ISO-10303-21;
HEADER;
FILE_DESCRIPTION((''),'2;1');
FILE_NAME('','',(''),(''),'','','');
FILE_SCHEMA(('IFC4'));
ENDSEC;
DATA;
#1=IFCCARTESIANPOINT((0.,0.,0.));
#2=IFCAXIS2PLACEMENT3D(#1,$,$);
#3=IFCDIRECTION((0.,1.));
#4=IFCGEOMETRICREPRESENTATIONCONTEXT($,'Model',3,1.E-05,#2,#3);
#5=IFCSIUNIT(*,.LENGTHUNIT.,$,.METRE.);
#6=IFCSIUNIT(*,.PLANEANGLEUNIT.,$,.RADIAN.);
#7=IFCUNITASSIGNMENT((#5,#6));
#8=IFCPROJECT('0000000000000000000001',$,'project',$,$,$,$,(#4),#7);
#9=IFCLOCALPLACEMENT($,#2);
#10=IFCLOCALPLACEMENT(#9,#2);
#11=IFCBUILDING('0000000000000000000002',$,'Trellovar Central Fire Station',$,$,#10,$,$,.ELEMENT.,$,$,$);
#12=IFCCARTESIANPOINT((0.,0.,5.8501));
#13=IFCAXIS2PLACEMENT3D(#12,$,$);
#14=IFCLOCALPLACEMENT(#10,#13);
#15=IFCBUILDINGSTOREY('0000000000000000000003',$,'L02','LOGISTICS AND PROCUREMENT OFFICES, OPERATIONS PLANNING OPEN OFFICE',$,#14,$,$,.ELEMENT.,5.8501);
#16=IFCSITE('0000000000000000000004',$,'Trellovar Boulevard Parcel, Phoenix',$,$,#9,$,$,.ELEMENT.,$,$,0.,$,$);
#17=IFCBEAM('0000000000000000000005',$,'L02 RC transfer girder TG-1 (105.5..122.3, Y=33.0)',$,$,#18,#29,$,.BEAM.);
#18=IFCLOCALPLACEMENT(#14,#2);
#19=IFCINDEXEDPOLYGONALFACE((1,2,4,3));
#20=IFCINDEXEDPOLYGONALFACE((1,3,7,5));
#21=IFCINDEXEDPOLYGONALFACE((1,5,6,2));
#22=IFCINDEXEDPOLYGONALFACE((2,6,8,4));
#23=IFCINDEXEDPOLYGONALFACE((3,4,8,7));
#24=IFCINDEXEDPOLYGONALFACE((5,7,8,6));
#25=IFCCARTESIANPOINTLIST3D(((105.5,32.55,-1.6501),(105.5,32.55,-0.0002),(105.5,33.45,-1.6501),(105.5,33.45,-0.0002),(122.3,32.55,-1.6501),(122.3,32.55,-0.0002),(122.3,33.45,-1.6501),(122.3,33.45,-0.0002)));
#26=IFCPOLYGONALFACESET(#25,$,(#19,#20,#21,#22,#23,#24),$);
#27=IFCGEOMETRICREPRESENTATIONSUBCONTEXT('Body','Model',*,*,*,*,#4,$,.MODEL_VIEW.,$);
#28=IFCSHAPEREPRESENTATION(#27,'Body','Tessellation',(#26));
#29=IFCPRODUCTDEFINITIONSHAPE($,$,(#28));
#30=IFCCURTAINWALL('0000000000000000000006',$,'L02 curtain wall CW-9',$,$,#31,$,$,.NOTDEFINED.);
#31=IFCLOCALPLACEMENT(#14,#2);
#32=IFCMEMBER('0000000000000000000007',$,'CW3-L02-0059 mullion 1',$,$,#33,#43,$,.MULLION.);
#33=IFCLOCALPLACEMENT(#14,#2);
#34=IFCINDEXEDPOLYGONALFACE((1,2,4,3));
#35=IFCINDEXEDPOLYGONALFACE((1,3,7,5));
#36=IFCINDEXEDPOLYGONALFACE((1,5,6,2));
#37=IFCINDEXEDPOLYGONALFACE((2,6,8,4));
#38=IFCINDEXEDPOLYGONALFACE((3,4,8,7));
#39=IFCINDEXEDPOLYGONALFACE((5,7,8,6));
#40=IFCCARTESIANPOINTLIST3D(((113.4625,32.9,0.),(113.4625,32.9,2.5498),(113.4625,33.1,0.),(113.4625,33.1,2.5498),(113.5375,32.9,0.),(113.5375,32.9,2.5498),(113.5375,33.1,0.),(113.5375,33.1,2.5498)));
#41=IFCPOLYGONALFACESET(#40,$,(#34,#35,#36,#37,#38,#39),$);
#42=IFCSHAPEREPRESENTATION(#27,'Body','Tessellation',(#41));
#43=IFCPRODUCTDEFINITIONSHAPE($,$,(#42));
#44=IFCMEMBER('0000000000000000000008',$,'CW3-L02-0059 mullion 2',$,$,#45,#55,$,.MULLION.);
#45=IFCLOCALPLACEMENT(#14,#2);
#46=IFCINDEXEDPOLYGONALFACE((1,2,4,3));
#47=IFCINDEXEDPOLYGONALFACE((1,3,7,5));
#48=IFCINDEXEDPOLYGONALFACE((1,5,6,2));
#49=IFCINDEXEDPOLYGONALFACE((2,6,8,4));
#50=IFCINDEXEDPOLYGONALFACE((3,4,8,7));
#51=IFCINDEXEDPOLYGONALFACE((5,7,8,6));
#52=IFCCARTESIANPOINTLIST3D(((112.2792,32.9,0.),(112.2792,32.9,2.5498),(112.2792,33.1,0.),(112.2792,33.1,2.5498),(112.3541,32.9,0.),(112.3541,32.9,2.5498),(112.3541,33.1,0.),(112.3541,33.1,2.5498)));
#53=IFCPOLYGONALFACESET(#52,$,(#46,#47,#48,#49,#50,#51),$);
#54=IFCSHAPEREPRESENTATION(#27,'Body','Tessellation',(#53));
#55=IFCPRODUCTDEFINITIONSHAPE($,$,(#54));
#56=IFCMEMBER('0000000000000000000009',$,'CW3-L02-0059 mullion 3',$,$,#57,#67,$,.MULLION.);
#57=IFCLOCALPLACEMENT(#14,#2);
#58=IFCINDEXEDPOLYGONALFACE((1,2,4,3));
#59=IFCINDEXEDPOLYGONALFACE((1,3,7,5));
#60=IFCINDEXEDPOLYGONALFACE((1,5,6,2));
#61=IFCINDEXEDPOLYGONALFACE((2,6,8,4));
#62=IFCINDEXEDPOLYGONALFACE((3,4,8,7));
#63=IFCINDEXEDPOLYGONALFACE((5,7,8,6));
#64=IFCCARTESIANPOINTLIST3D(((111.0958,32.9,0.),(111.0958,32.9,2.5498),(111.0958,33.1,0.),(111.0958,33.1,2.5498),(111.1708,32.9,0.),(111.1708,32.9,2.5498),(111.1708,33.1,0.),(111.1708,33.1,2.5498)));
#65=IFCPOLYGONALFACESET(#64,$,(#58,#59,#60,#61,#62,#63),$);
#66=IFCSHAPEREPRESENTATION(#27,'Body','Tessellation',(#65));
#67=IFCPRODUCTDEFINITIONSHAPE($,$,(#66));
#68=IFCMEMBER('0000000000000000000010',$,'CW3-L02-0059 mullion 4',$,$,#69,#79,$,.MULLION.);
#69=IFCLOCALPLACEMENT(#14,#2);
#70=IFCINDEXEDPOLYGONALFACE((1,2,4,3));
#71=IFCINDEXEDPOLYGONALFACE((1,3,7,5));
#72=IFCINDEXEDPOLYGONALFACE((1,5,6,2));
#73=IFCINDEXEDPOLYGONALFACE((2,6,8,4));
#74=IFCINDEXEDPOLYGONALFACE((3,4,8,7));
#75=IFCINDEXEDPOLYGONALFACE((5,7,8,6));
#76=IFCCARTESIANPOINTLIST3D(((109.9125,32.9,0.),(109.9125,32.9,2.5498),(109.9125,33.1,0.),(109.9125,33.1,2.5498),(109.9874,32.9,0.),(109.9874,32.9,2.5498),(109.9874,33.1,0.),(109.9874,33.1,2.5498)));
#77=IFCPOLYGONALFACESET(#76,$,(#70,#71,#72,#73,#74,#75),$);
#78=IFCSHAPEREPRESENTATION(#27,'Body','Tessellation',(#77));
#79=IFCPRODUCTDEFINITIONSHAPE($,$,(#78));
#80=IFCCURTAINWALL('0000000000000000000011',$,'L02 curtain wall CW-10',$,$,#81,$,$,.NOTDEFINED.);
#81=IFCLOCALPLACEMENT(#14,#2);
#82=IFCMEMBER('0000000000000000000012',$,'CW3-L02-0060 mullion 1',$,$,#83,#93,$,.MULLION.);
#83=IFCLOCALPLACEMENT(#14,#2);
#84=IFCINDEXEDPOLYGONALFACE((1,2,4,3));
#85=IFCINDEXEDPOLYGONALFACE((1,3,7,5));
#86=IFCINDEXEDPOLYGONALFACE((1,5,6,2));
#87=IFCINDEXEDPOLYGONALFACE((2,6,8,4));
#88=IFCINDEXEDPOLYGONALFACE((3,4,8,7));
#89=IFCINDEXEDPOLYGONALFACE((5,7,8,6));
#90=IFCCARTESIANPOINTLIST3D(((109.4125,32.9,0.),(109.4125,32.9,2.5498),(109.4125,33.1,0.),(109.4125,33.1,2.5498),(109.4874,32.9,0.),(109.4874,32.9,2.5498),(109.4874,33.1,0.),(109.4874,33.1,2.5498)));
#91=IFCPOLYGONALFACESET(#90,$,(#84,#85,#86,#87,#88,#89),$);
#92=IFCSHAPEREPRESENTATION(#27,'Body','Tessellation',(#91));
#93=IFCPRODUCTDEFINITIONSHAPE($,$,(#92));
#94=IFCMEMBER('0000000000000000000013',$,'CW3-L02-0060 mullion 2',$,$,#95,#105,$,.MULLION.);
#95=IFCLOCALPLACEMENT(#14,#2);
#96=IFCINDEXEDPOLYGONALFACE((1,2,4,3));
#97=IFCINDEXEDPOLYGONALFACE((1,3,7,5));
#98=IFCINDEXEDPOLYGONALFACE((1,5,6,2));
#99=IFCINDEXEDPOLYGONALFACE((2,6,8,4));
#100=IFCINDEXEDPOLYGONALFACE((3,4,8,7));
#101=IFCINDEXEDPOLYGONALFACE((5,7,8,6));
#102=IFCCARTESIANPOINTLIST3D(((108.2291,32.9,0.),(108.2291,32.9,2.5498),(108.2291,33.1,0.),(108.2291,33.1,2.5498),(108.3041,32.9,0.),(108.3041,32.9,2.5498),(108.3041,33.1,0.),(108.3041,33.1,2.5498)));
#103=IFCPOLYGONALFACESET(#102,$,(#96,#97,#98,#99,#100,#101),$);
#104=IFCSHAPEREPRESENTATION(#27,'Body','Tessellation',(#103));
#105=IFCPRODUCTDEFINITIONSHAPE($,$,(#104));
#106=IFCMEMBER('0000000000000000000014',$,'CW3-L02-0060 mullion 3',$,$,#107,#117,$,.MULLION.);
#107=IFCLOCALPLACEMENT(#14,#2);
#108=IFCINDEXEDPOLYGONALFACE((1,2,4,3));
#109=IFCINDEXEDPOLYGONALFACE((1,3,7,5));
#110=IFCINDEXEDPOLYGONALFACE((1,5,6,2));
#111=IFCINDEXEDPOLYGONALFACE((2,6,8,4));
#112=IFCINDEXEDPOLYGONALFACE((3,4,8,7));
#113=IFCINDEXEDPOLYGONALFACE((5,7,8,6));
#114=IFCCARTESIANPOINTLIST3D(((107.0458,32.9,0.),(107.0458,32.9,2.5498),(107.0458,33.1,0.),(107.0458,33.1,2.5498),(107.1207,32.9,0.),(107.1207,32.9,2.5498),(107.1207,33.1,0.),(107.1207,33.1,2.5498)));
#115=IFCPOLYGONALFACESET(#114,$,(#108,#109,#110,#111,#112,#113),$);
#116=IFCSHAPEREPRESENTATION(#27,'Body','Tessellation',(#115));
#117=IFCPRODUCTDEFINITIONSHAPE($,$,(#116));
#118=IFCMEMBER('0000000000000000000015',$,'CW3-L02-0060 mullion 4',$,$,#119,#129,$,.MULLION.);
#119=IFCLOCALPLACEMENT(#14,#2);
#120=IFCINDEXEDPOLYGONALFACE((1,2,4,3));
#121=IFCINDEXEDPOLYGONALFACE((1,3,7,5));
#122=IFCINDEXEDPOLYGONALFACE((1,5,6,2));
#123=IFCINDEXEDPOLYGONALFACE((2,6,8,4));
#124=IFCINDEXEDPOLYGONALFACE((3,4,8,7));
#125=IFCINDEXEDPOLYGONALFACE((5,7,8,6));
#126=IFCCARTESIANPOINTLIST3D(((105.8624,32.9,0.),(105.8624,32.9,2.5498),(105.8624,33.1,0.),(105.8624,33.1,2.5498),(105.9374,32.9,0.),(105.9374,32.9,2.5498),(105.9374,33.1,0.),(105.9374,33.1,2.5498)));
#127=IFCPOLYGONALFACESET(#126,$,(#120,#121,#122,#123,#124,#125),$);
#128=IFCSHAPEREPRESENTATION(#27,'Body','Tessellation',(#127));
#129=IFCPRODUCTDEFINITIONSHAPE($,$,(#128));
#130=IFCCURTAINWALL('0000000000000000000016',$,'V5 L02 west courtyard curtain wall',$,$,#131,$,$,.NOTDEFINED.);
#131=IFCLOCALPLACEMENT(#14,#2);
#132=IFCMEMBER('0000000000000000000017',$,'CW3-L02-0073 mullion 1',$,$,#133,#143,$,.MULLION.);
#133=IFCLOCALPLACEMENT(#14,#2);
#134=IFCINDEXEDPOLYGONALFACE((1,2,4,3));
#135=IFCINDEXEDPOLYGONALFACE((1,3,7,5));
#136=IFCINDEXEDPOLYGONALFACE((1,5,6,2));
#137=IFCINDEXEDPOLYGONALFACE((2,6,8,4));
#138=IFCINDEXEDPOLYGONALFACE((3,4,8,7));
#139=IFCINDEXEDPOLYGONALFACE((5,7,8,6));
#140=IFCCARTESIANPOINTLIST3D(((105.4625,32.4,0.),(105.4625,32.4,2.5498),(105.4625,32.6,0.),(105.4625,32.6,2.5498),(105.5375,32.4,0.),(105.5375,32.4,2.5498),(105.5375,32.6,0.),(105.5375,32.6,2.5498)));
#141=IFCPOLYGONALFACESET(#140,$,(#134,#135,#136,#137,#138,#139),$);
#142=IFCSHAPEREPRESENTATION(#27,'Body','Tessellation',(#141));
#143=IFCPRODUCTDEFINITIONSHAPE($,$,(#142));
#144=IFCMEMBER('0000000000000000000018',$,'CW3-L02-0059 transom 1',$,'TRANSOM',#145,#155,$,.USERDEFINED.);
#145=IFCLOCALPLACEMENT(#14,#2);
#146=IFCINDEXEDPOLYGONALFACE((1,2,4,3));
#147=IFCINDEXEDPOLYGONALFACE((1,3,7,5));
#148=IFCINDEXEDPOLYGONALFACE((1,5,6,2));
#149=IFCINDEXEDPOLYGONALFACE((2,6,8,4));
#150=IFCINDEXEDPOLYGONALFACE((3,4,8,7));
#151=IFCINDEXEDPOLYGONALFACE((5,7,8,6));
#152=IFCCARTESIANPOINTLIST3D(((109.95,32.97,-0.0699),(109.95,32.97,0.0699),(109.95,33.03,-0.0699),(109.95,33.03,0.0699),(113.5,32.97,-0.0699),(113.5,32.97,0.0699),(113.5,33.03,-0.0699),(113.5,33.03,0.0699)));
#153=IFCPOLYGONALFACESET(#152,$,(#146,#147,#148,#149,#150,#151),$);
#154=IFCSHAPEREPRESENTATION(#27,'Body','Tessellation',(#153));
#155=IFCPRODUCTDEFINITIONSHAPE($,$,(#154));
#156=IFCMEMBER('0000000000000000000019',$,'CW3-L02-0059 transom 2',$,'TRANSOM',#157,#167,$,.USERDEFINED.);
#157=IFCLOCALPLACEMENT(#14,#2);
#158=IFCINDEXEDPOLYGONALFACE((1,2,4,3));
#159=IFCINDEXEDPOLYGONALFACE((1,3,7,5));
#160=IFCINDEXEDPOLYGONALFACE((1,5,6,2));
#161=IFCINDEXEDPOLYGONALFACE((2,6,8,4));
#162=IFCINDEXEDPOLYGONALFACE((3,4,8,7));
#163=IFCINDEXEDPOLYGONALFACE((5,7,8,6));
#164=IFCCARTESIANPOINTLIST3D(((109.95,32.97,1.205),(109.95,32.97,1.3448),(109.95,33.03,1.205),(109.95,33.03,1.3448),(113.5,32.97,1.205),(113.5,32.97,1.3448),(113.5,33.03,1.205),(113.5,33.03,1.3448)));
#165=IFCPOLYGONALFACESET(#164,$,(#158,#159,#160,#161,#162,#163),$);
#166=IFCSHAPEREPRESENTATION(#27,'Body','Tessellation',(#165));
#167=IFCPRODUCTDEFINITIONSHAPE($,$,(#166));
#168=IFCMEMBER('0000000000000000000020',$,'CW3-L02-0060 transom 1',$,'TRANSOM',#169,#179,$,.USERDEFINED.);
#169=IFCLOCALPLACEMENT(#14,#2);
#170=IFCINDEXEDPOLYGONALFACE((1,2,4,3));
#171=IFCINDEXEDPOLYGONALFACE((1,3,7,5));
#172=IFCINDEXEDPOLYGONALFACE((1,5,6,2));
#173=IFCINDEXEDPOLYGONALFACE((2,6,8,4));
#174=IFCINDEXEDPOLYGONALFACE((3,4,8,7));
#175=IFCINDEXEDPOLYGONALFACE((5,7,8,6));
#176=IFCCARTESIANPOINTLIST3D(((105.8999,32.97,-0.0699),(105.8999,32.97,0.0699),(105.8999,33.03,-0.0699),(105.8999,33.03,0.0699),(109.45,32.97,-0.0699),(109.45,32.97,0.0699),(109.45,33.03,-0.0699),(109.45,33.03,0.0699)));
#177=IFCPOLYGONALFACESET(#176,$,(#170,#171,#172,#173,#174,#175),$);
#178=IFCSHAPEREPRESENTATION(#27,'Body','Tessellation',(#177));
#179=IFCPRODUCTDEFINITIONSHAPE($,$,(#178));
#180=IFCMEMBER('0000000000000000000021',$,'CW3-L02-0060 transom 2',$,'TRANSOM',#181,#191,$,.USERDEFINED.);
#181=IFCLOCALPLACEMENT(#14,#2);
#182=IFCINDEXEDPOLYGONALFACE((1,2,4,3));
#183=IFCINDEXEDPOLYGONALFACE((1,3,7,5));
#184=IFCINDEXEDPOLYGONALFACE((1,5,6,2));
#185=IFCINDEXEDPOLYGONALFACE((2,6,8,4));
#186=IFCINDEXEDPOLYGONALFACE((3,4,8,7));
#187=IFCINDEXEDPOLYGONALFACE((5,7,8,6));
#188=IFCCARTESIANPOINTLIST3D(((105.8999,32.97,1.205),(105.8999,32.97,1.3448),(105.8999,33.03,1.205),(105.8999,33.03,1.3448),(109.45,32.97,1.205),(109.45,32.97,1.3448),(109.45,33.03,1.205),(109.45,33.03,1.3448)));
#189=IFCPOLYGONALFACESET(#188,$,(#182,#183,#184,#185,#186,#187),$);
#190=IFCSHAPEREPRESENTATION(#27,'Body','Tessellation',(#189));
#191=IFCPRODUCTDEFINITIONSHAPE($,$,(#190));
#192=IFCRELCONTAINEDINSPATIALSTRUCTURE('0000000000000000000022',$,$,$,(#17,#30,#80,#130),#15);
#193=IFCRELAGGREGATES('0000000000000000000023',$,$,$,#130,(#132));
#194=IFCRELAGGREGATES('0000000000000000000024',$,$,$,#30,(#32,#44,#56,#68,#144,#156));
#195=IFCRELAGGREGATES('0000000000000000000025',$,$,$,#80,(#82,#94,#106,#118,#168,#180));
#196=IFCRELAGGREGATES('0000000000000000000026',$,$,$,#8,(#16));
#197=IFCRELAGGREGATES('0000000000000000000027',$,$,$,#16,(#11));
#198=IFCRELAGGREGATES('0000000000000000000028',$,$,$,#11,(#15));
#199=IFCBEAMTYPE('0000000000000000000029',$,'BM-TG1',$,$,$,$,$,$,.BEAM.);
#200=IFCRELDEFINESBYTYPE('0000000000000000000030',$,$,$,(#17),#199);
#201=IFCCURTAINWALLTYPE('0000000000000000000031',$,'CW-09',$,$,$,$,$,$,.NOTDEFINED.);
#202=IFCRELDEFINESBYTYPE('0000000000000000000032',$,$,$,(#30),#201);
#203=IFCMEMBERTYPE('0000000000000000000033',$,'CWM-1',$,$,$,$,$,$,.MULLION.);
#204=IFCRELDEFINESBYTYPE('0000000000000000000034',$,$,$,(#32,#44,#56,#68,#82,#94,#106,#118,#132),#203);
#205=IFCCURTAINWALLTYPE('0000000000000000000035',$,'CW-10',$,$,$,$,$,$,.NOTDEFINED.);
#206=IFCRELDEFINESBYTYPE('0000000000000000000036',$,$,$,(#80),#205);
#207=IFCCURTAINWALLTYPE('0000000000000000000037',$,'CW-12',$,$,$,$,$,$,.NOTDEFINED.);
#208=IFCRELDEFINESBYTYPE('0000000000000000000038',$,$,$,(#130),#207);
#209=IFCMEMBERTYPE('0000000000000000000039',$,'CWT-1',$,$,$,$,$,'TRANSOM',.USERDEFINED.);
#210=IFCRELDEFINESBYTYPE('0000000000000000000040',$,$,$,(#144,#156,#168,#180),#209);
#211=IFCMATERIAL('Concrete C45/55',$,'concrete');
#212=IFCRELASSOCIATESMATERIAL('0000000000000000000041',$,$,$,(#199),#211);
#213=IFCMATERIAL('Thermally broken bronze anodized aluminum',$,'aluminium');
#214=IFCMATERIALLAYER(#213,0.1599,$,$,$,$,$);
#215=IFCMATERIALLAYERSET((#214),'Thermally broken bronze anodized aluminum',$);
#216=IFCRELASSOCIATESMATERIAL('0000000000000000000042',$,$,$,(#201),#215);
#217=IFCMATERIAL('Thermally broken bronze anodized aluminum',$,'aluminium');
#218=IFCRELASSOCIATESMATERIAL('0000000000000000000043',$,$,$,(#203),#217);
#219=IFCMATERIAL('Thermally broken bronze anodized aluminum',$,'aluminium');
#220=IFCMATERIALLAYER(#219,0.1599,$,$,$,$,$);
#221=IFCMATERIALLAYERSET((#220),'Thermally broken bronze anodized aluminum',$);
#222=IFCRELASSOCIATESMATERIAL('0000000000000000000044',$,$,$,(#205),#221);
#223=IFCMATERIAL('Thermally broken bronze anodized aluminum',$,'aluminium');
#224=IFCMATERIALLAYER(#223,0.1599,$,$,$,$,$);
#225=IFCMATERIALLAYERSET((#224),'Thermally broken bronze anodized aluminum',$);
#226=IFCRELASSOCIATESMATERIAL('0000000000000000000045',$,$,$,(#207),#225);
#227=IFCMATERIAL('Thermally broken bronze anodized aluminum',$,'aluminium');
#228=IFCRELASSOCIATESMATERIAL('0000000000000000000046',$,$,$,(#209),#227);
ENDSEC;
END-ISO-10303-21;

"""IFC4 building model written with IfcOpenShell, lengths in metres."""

from ifc_helpers import new_model, si_unit, direction, frame, origin, origin_2d, place, context, subcontext, project, spatial, rectangle, extrude, material, layer, layer_set, material_profile, profile_set, type_object, element, aggregate, save


model = new_model("IFC4")

# Units and contexts
model_context = context("Model", 3, precision=1e-05, world=origin(), true_north=direction((0.0, 1.0)))
body_context = subcontext(model_context, "Body", "Model", "MODEL_VIEW")
ifc_project = project(units=[si_unit("LENGTHUNIT", "METRE"), si_unit("PLANEANGLEUNIT", "RADIAN")], contexts=[model_context])

# Site, building, storey
site_placement = place(None, origin())
site = spatial("IfcSite", under=ifc_project, at=site_placement, Name="Trellovar Boulevard Parcel, Phoenix", CompositionType="ELEMENT", RefElevation=0.0)
building_placement = place(site_placement, origin())
building = spatial("IfcBuilding", under=site, at=building_placement, Name="Trellovar Central Fire Station", CompositionType="ELEMENT")
storey_placement = place(building_placement, frame((0.0, 0.0, 5.8501)))
storey = spatial("IfcBuildingStorey", under=building, at=storey_placement, Name="L02", Description="LOGISTICS AND PROCUREMENT OFFICES, OPERATIONS PLANNING OPEN OFFICE", CompositionType="ELEMENT", Elevation=5.8501)

# Beam
ifc_material_1 = material(Name="Concrete C45/55", Category="concrete")
ifc_material_profile_1 = material_profile(ifc_material_1, rectangle(XDim=0.8999, YDim=1.6499, at=origin_2d()), Name="RC900X1650")
ifc_profile_set_1 = profile_set([ifc_material_profile_1], Name="Concrete C45/55")
beam_type_1 = type_object("IfcBeamType", Name="BM-TG1", PredefinedType="BEAM", material=ifc_profile_set_1)
beam_1_placement = place(storey_placement, frame((105.5, 33.0, -0.8252), z_axis=(1.0, 0.0, 0.0), x_axis=(0.0, 1.0, 0.0)))
element("IfcBeam", 1, at=beam_1_placement, inside=storey, type_object=beam_type_1, Name="L02 RC transfer girder TG-1 (105.5..122.3, Y=33.0)", PredefinedType="BEAM", context=body_context, shape_type="SweptSolid", body=[
    extrude(rectangle(XDim=0.8999, YDim=1.6499, at=origin_2d()), origin(), (0.0, 0.0, 1.0), 16.8),
])

# Curtain walls, members
ifc_material_2 = material(Name="Thermally broken bronze anodized aluminum", Category="aluminium")
ifc_layer_1 = layer(ifc_material_2, 0.1599)
ifc_layer_set_1 = layer_set([ifc_layer_1], Name="Thermally broken bronze anodized aluminum")
curtain_wall_type_1 = type_object("IfcCurtainWallType", Name="CW-09", PredefinedType="NOTDEFINED", material=ifc_layer_set_1)
curtain_wall_1_placement = place(storey_placement, origin())
curtain_wall_1 = element("IfcCurtainWall", 2, at=curtain_wall_1_placement, inside=storey, type_object=curtain_wall_type_1, Name="L02 curtain wall CW-9", PredefinedType="NOTDEFINED")
ifc_material_3 = material(Name="Thermally broken bronze anodized aluminum", Category="aluminium")
ifc_material_profile_2 = material_profile(ifc_material_3, rectangle(XDim=0.075, YDim=0.2, at=origin_2d()), Name="ALU75X200")
ifc_profile_set_2 = profile_set([ifc_material_profile_2], Name="Thermally broken bronze anodized aluminum")
member_type_1 = type_object("IfcMemberType", Name="CWM-1", PredefinedType="MULLION", material=ifc_profile_set_2)
member_1_placement = place(storey_placement, frame((113.5, 33.0, 0.0), z_axis=(0.0, 0.0, 1.0), x_axis=(1.0, 0.0, 0.0)))
member_1 = element("IfcMember", 3, at=member_1_placement, type_object=member_type_1, Name="CW3-L02-0059 mullion 1", PredefinedType="MULLION", context=body_context, shape_type="SweptSolid", body=[
    extrude(rectangle(XDim=0.075, YDim=0.2, at=origin_2d()), origin(), (0.0, 0.0, 1.0), 2.5498),
])
member_2_placement = place(storey_placement, frame((112.3167, 33.0, 0.0), z_axis=(0.0, 0.0, 1.0), x_axis=(1.0, 0.0, 0.0)))
member_2 = element("IfcMember", 4, at=member_2_placement, type_object=member_type_1, Name="CW3-L02-0059 mullion 2", PredefinedType="MULLION", context=body_context, shape_type="SweptSolid", body=[
    extrude(rectangle(XDim=0.075, YDim=0.2, at=origin_2d()), origin(), (0.0, 0.0, 1.0), 2.5498),
])
member_3_placement = place(storey_placement, frame((111.1333, 33.0, 0.0), z_axis=(0.0, 0.0, 1.0), x_axis=(1.0, 0.0, 0.0)))
member_3 = element("IfcMember", 5, at=member_3_placement, type_object=member_type_1, Name="CW3-L02-0059 mullion 3", PredefinedType="MULLION", context=body_context, shape_type="SweptSolid", body=[
    extrude(rectangle(XDim=0.075, YDim=0.2, at=origin_2d()), origin(), (0.0, 0.0, 1.0), 2.5498),
])
member_4_placement = place(storey_placement, frame((109.95, 33.0, 0.0), z_axis=(0.0, 0.0, 1.0), x_axis=(1.0, 0.0, 0.0)))
member_4 = element("IfcMember", 6, at=member_4_placement, type_object=member_type_1, Name="CW3-L02-0059 mullion 4", PredefinedType="MULLION", context=body_context, shape_type="SweptSolid", body=[
    extrude(rectangle(XDim=0.075, YDim=0.2, at=origin_2d()), origin(), (0.0, 0.0, 1.0), 2.5498),
])
ifc_material_4 = material(Name="Thermally broken bronze anodized aluminum", Category="aluminium")
ifc_layer_2 = layer(ifc_material_4, 0.1599)
ifc_layer_set_2 = layer_set([ifc_layer_2], Name="Thermally broken bronze anodized aluminum")
curtain_wall_type_2 = type_object("IfcCurtainWallType", Name="CW-10", PredefinedType="NOTDEFINED", material=ifc_layer_set_2)
curtain_wall_2_placement = place(storey_placement, origin())
curtain_wall_2 = element("IfcCurtainWall", 7, at=curtain_wall_2_placement, inside=storey, type_object=curtain_wall_type_2, Name="L02 curtain wall CW-10", PredefinedType="NOTDEFINED")
member_5_placement = place(storey_placement, frame((109.45, 33.0, 0.0), z_axis=(0.0, 0.0, 1.0), x_axis=(1.0, 0.0, 0.0)))
member_5 = element("IfcMember", 8, at=member_5_placement, type_object=member_type_1, Name="CW3-L02-0060 mullion 1", PredefinedType="MULLION", context=body_context, shape_type="SweptSolid", body=[
    extrude(rectangle(XDim=0.075, YDim=0.2, at=origin_2d()), origin(), (0.0, 0.0, 1.0), 2.5498),
])
member_6_placement = place(storey_placement, frame((108.2666, 33.0, 0.0), z_axis=(0.0, 0.0, 1.0), x_axis=(1.0, 0.0, 0.0)))
member_6 = element("IfcMember", 9, at=member_6_placement, type_object=member_type_1, Name="CW3-L02-0060 mullion 2", PredefinedType="MULLION", context=body_context, shape_type="SweptSolid", body=[
    extrude(rectangle(XDim=0.075, YDim=0.2, at=origin_2d()), origin(), (0.0, 0.0, 1.0), 2.5498),
])
member_7_placement = place(storey_placement, frame((107.0833, 33.0, 0.0), z_axis=(0.0, 0.0, 1.0), x_axis=(1.0, 0.0, 0.0)))
member_7 = element("IfcMember", 10, at=member_7_placement, type_object=member_type_1, Name="CW3-L02-0060 mullion 3", PredefinedType="MULLION", context=body_context, shape_type="SweptSolid", body=[
    extrude(rectangle(XDim=0.075, YDim=0.2, at=origin_2d()), origin(), (0.0, 0.0, 1.0), 2.5498),
])
member_8_placement = place(storey_placement, frame((105.8999, 33.0, 0.0), z_axis=(0.0, 0.0, 1.0), x_axis=(1.0, 0.0, 0.0)))
member_8 = element("IfcMember", 11, at=member_8_placement, type_object=member_type_1, Name="CW3-L02-0060 mullion 4", PredefinedType="MULLION", context=body_context, shape_type="SweptSolid", body=[
    extrude(rectangle(XDim=0.075, YDim=0.2, at=origin_2d()), origin(), (0.0, 0.0, 1.0), 2.5498),
])

# Curtain wall, member
ifc_material_5 = material(Name="Thermally broken bronze anodized aluminum", Category="aluminium")
ifc_layer_3 = layer(ifc_material_5, 0.1599)
ifc_layer_set_3 = layer_set([ifc_layer_3], Name="Thermally broken bronze anodized aluminum")
curtain_wall_type_3 = type_object("IfcCurtainWallType", Name="CW-12", PredefinedType="NOTDEFINED", material=ifc_layer_set_3)
curtain_wall_3_placement = place(storey_placement, origin())
curtain_wall_3 = element("IfcCurtainWall", 12, at=curtain_wall_3_placement, inside=storey, type_object=curtain_wall_type_3, Name="V5 L02 west courtyard curtain wall", PredefinedType="NOTDEFINED")
member_9_placement = place(storey_placement, frame((105.5, 32.5, 0.0), z_axis=(0.0, 0.0, 1.0), x_axis=(1.0, 0.0, 0.0)))
member_9 = element("IfcMember", 13, at=member_9_placement, type_object=member_type_1, Name="CW3-L02-0073 mullion 1", PredefinedType="MULLION", context=body_context, shape_type="SweptSolid", body=[
    extrude(rectangle(XDim=0.075, YDim=0.2, at=origin_2d()), origin(), (0.0, 0.0, 1.0), 2.5498),
])

# Members
ifc_material_6 = material(Name="Thermally broken bronze anodized aluminum", Category="aluminium")
ifc_material_profile_3 = material_profile(ifc_material_6, rectangle(XDim=0.0601, YDim=0.1399, at=origin_2d()), Name="ALU60X140")
ifc_profile_set_3 = profile_set([ifc_material_profile_3], Name="Thermally broken bronze anodized aluminum")
member_type_2 = type_object("IfcMemberType", Name="CWT-1", ElementType="TRANSOM", PredefinedType="USERDEFINED", material=ifc_profile_set_3)
member_10_placement = place(storey_placement, frame((113.5, 33.0, 0.0), z_axis=(-1.0, 0.0, 0.0), x_axis=(0.0, -1.0, 0.0)))
member_10 = element("IfcMember", 14, at=member_10_placement, type_object=member_type_2, Name="CW3-L02-0059 transom 1", ObjectType="TRANSOM", PredefinedType="USERDEFINED", context=body_context, shape_type="SweptSolid", body=[
    extrude(rectangle(XDim=0.0601, YDim=0.1399, at=origin_2d()), origin(), (0.0, 0.0, 1.0), 3.55),
])
member_11_placement = place(storey_placement, frame((113.5, 33.0, 1.2749), z_axis=(-1.0, 0.0, 0.0), x_axis=(0.0, -1.0, 0.0)))
member_11 = element("IfcMember", 15, at=member_11_placement, type_object=member_type_2, Name="CW3-L02-0059 transom 2", ObjectType="TRANSOM", PredefinedType="USERDEFINED", context=body_context, shape_type="SweptSolid", body=[
    extrude(rectangle(XDim=0.0601, YDim=0.1399, at=origin_2d()), origin(), (0.0, 0.0, 1.0), 3.55),
])
member_12_placement = place(storey_placement, frame((109.45, 33.0, 0.0), z_axis=(-1.0, 0.0, 0.0), x_axis=(0.0, -1.0, 0.0)))
member_12 = element("IfcMember", 16, at=member_12_placement, type_object=member_type_2, Name="CW3-L02-0060 transom 1", ObjectType="TRANSOM", PredefinedType="USERDEFINED", context=body_context, shape_type="SweptSolid", body=[
    extrude(rectangle(XDim=0.0601, YDim=0.1399, at=origin_2d()), origin(), (0.0, 0.0, 1.0), 3.55),
])
member_13_placement = place(storey_placement, frame((109.45, 33.0, 1.2749), z_axis=(-1.0, 0.0, 0.0), x_axis=(0.0, -1.0, 0.0)))
member_13 = element("IfcMember", 17, at=member_13_placement, type_object=member_type_2, Name="CW3-L02-0060 transom 2", ObjectType="TRANSOM", PredefinedType="USERDEFINED", context=body_context, shape_type="SweptSolid", body=[
    extrude(rectangle(XDim=0.0601, YDim=0.1399, at=origin_2d()), origin(), (0.0, 0.0, 1.0), 3.55),
])
aggregate(curtain_wall_3, [member_9])

aggregate(curtain_wall_1, [member_1, member_2, member_3, member_4, member_10, member_11])
aggregate(curtain_wall_2, [member_5, member_6, member_7, member_8, member_12, member_13])

save(model, "model.ifc")
